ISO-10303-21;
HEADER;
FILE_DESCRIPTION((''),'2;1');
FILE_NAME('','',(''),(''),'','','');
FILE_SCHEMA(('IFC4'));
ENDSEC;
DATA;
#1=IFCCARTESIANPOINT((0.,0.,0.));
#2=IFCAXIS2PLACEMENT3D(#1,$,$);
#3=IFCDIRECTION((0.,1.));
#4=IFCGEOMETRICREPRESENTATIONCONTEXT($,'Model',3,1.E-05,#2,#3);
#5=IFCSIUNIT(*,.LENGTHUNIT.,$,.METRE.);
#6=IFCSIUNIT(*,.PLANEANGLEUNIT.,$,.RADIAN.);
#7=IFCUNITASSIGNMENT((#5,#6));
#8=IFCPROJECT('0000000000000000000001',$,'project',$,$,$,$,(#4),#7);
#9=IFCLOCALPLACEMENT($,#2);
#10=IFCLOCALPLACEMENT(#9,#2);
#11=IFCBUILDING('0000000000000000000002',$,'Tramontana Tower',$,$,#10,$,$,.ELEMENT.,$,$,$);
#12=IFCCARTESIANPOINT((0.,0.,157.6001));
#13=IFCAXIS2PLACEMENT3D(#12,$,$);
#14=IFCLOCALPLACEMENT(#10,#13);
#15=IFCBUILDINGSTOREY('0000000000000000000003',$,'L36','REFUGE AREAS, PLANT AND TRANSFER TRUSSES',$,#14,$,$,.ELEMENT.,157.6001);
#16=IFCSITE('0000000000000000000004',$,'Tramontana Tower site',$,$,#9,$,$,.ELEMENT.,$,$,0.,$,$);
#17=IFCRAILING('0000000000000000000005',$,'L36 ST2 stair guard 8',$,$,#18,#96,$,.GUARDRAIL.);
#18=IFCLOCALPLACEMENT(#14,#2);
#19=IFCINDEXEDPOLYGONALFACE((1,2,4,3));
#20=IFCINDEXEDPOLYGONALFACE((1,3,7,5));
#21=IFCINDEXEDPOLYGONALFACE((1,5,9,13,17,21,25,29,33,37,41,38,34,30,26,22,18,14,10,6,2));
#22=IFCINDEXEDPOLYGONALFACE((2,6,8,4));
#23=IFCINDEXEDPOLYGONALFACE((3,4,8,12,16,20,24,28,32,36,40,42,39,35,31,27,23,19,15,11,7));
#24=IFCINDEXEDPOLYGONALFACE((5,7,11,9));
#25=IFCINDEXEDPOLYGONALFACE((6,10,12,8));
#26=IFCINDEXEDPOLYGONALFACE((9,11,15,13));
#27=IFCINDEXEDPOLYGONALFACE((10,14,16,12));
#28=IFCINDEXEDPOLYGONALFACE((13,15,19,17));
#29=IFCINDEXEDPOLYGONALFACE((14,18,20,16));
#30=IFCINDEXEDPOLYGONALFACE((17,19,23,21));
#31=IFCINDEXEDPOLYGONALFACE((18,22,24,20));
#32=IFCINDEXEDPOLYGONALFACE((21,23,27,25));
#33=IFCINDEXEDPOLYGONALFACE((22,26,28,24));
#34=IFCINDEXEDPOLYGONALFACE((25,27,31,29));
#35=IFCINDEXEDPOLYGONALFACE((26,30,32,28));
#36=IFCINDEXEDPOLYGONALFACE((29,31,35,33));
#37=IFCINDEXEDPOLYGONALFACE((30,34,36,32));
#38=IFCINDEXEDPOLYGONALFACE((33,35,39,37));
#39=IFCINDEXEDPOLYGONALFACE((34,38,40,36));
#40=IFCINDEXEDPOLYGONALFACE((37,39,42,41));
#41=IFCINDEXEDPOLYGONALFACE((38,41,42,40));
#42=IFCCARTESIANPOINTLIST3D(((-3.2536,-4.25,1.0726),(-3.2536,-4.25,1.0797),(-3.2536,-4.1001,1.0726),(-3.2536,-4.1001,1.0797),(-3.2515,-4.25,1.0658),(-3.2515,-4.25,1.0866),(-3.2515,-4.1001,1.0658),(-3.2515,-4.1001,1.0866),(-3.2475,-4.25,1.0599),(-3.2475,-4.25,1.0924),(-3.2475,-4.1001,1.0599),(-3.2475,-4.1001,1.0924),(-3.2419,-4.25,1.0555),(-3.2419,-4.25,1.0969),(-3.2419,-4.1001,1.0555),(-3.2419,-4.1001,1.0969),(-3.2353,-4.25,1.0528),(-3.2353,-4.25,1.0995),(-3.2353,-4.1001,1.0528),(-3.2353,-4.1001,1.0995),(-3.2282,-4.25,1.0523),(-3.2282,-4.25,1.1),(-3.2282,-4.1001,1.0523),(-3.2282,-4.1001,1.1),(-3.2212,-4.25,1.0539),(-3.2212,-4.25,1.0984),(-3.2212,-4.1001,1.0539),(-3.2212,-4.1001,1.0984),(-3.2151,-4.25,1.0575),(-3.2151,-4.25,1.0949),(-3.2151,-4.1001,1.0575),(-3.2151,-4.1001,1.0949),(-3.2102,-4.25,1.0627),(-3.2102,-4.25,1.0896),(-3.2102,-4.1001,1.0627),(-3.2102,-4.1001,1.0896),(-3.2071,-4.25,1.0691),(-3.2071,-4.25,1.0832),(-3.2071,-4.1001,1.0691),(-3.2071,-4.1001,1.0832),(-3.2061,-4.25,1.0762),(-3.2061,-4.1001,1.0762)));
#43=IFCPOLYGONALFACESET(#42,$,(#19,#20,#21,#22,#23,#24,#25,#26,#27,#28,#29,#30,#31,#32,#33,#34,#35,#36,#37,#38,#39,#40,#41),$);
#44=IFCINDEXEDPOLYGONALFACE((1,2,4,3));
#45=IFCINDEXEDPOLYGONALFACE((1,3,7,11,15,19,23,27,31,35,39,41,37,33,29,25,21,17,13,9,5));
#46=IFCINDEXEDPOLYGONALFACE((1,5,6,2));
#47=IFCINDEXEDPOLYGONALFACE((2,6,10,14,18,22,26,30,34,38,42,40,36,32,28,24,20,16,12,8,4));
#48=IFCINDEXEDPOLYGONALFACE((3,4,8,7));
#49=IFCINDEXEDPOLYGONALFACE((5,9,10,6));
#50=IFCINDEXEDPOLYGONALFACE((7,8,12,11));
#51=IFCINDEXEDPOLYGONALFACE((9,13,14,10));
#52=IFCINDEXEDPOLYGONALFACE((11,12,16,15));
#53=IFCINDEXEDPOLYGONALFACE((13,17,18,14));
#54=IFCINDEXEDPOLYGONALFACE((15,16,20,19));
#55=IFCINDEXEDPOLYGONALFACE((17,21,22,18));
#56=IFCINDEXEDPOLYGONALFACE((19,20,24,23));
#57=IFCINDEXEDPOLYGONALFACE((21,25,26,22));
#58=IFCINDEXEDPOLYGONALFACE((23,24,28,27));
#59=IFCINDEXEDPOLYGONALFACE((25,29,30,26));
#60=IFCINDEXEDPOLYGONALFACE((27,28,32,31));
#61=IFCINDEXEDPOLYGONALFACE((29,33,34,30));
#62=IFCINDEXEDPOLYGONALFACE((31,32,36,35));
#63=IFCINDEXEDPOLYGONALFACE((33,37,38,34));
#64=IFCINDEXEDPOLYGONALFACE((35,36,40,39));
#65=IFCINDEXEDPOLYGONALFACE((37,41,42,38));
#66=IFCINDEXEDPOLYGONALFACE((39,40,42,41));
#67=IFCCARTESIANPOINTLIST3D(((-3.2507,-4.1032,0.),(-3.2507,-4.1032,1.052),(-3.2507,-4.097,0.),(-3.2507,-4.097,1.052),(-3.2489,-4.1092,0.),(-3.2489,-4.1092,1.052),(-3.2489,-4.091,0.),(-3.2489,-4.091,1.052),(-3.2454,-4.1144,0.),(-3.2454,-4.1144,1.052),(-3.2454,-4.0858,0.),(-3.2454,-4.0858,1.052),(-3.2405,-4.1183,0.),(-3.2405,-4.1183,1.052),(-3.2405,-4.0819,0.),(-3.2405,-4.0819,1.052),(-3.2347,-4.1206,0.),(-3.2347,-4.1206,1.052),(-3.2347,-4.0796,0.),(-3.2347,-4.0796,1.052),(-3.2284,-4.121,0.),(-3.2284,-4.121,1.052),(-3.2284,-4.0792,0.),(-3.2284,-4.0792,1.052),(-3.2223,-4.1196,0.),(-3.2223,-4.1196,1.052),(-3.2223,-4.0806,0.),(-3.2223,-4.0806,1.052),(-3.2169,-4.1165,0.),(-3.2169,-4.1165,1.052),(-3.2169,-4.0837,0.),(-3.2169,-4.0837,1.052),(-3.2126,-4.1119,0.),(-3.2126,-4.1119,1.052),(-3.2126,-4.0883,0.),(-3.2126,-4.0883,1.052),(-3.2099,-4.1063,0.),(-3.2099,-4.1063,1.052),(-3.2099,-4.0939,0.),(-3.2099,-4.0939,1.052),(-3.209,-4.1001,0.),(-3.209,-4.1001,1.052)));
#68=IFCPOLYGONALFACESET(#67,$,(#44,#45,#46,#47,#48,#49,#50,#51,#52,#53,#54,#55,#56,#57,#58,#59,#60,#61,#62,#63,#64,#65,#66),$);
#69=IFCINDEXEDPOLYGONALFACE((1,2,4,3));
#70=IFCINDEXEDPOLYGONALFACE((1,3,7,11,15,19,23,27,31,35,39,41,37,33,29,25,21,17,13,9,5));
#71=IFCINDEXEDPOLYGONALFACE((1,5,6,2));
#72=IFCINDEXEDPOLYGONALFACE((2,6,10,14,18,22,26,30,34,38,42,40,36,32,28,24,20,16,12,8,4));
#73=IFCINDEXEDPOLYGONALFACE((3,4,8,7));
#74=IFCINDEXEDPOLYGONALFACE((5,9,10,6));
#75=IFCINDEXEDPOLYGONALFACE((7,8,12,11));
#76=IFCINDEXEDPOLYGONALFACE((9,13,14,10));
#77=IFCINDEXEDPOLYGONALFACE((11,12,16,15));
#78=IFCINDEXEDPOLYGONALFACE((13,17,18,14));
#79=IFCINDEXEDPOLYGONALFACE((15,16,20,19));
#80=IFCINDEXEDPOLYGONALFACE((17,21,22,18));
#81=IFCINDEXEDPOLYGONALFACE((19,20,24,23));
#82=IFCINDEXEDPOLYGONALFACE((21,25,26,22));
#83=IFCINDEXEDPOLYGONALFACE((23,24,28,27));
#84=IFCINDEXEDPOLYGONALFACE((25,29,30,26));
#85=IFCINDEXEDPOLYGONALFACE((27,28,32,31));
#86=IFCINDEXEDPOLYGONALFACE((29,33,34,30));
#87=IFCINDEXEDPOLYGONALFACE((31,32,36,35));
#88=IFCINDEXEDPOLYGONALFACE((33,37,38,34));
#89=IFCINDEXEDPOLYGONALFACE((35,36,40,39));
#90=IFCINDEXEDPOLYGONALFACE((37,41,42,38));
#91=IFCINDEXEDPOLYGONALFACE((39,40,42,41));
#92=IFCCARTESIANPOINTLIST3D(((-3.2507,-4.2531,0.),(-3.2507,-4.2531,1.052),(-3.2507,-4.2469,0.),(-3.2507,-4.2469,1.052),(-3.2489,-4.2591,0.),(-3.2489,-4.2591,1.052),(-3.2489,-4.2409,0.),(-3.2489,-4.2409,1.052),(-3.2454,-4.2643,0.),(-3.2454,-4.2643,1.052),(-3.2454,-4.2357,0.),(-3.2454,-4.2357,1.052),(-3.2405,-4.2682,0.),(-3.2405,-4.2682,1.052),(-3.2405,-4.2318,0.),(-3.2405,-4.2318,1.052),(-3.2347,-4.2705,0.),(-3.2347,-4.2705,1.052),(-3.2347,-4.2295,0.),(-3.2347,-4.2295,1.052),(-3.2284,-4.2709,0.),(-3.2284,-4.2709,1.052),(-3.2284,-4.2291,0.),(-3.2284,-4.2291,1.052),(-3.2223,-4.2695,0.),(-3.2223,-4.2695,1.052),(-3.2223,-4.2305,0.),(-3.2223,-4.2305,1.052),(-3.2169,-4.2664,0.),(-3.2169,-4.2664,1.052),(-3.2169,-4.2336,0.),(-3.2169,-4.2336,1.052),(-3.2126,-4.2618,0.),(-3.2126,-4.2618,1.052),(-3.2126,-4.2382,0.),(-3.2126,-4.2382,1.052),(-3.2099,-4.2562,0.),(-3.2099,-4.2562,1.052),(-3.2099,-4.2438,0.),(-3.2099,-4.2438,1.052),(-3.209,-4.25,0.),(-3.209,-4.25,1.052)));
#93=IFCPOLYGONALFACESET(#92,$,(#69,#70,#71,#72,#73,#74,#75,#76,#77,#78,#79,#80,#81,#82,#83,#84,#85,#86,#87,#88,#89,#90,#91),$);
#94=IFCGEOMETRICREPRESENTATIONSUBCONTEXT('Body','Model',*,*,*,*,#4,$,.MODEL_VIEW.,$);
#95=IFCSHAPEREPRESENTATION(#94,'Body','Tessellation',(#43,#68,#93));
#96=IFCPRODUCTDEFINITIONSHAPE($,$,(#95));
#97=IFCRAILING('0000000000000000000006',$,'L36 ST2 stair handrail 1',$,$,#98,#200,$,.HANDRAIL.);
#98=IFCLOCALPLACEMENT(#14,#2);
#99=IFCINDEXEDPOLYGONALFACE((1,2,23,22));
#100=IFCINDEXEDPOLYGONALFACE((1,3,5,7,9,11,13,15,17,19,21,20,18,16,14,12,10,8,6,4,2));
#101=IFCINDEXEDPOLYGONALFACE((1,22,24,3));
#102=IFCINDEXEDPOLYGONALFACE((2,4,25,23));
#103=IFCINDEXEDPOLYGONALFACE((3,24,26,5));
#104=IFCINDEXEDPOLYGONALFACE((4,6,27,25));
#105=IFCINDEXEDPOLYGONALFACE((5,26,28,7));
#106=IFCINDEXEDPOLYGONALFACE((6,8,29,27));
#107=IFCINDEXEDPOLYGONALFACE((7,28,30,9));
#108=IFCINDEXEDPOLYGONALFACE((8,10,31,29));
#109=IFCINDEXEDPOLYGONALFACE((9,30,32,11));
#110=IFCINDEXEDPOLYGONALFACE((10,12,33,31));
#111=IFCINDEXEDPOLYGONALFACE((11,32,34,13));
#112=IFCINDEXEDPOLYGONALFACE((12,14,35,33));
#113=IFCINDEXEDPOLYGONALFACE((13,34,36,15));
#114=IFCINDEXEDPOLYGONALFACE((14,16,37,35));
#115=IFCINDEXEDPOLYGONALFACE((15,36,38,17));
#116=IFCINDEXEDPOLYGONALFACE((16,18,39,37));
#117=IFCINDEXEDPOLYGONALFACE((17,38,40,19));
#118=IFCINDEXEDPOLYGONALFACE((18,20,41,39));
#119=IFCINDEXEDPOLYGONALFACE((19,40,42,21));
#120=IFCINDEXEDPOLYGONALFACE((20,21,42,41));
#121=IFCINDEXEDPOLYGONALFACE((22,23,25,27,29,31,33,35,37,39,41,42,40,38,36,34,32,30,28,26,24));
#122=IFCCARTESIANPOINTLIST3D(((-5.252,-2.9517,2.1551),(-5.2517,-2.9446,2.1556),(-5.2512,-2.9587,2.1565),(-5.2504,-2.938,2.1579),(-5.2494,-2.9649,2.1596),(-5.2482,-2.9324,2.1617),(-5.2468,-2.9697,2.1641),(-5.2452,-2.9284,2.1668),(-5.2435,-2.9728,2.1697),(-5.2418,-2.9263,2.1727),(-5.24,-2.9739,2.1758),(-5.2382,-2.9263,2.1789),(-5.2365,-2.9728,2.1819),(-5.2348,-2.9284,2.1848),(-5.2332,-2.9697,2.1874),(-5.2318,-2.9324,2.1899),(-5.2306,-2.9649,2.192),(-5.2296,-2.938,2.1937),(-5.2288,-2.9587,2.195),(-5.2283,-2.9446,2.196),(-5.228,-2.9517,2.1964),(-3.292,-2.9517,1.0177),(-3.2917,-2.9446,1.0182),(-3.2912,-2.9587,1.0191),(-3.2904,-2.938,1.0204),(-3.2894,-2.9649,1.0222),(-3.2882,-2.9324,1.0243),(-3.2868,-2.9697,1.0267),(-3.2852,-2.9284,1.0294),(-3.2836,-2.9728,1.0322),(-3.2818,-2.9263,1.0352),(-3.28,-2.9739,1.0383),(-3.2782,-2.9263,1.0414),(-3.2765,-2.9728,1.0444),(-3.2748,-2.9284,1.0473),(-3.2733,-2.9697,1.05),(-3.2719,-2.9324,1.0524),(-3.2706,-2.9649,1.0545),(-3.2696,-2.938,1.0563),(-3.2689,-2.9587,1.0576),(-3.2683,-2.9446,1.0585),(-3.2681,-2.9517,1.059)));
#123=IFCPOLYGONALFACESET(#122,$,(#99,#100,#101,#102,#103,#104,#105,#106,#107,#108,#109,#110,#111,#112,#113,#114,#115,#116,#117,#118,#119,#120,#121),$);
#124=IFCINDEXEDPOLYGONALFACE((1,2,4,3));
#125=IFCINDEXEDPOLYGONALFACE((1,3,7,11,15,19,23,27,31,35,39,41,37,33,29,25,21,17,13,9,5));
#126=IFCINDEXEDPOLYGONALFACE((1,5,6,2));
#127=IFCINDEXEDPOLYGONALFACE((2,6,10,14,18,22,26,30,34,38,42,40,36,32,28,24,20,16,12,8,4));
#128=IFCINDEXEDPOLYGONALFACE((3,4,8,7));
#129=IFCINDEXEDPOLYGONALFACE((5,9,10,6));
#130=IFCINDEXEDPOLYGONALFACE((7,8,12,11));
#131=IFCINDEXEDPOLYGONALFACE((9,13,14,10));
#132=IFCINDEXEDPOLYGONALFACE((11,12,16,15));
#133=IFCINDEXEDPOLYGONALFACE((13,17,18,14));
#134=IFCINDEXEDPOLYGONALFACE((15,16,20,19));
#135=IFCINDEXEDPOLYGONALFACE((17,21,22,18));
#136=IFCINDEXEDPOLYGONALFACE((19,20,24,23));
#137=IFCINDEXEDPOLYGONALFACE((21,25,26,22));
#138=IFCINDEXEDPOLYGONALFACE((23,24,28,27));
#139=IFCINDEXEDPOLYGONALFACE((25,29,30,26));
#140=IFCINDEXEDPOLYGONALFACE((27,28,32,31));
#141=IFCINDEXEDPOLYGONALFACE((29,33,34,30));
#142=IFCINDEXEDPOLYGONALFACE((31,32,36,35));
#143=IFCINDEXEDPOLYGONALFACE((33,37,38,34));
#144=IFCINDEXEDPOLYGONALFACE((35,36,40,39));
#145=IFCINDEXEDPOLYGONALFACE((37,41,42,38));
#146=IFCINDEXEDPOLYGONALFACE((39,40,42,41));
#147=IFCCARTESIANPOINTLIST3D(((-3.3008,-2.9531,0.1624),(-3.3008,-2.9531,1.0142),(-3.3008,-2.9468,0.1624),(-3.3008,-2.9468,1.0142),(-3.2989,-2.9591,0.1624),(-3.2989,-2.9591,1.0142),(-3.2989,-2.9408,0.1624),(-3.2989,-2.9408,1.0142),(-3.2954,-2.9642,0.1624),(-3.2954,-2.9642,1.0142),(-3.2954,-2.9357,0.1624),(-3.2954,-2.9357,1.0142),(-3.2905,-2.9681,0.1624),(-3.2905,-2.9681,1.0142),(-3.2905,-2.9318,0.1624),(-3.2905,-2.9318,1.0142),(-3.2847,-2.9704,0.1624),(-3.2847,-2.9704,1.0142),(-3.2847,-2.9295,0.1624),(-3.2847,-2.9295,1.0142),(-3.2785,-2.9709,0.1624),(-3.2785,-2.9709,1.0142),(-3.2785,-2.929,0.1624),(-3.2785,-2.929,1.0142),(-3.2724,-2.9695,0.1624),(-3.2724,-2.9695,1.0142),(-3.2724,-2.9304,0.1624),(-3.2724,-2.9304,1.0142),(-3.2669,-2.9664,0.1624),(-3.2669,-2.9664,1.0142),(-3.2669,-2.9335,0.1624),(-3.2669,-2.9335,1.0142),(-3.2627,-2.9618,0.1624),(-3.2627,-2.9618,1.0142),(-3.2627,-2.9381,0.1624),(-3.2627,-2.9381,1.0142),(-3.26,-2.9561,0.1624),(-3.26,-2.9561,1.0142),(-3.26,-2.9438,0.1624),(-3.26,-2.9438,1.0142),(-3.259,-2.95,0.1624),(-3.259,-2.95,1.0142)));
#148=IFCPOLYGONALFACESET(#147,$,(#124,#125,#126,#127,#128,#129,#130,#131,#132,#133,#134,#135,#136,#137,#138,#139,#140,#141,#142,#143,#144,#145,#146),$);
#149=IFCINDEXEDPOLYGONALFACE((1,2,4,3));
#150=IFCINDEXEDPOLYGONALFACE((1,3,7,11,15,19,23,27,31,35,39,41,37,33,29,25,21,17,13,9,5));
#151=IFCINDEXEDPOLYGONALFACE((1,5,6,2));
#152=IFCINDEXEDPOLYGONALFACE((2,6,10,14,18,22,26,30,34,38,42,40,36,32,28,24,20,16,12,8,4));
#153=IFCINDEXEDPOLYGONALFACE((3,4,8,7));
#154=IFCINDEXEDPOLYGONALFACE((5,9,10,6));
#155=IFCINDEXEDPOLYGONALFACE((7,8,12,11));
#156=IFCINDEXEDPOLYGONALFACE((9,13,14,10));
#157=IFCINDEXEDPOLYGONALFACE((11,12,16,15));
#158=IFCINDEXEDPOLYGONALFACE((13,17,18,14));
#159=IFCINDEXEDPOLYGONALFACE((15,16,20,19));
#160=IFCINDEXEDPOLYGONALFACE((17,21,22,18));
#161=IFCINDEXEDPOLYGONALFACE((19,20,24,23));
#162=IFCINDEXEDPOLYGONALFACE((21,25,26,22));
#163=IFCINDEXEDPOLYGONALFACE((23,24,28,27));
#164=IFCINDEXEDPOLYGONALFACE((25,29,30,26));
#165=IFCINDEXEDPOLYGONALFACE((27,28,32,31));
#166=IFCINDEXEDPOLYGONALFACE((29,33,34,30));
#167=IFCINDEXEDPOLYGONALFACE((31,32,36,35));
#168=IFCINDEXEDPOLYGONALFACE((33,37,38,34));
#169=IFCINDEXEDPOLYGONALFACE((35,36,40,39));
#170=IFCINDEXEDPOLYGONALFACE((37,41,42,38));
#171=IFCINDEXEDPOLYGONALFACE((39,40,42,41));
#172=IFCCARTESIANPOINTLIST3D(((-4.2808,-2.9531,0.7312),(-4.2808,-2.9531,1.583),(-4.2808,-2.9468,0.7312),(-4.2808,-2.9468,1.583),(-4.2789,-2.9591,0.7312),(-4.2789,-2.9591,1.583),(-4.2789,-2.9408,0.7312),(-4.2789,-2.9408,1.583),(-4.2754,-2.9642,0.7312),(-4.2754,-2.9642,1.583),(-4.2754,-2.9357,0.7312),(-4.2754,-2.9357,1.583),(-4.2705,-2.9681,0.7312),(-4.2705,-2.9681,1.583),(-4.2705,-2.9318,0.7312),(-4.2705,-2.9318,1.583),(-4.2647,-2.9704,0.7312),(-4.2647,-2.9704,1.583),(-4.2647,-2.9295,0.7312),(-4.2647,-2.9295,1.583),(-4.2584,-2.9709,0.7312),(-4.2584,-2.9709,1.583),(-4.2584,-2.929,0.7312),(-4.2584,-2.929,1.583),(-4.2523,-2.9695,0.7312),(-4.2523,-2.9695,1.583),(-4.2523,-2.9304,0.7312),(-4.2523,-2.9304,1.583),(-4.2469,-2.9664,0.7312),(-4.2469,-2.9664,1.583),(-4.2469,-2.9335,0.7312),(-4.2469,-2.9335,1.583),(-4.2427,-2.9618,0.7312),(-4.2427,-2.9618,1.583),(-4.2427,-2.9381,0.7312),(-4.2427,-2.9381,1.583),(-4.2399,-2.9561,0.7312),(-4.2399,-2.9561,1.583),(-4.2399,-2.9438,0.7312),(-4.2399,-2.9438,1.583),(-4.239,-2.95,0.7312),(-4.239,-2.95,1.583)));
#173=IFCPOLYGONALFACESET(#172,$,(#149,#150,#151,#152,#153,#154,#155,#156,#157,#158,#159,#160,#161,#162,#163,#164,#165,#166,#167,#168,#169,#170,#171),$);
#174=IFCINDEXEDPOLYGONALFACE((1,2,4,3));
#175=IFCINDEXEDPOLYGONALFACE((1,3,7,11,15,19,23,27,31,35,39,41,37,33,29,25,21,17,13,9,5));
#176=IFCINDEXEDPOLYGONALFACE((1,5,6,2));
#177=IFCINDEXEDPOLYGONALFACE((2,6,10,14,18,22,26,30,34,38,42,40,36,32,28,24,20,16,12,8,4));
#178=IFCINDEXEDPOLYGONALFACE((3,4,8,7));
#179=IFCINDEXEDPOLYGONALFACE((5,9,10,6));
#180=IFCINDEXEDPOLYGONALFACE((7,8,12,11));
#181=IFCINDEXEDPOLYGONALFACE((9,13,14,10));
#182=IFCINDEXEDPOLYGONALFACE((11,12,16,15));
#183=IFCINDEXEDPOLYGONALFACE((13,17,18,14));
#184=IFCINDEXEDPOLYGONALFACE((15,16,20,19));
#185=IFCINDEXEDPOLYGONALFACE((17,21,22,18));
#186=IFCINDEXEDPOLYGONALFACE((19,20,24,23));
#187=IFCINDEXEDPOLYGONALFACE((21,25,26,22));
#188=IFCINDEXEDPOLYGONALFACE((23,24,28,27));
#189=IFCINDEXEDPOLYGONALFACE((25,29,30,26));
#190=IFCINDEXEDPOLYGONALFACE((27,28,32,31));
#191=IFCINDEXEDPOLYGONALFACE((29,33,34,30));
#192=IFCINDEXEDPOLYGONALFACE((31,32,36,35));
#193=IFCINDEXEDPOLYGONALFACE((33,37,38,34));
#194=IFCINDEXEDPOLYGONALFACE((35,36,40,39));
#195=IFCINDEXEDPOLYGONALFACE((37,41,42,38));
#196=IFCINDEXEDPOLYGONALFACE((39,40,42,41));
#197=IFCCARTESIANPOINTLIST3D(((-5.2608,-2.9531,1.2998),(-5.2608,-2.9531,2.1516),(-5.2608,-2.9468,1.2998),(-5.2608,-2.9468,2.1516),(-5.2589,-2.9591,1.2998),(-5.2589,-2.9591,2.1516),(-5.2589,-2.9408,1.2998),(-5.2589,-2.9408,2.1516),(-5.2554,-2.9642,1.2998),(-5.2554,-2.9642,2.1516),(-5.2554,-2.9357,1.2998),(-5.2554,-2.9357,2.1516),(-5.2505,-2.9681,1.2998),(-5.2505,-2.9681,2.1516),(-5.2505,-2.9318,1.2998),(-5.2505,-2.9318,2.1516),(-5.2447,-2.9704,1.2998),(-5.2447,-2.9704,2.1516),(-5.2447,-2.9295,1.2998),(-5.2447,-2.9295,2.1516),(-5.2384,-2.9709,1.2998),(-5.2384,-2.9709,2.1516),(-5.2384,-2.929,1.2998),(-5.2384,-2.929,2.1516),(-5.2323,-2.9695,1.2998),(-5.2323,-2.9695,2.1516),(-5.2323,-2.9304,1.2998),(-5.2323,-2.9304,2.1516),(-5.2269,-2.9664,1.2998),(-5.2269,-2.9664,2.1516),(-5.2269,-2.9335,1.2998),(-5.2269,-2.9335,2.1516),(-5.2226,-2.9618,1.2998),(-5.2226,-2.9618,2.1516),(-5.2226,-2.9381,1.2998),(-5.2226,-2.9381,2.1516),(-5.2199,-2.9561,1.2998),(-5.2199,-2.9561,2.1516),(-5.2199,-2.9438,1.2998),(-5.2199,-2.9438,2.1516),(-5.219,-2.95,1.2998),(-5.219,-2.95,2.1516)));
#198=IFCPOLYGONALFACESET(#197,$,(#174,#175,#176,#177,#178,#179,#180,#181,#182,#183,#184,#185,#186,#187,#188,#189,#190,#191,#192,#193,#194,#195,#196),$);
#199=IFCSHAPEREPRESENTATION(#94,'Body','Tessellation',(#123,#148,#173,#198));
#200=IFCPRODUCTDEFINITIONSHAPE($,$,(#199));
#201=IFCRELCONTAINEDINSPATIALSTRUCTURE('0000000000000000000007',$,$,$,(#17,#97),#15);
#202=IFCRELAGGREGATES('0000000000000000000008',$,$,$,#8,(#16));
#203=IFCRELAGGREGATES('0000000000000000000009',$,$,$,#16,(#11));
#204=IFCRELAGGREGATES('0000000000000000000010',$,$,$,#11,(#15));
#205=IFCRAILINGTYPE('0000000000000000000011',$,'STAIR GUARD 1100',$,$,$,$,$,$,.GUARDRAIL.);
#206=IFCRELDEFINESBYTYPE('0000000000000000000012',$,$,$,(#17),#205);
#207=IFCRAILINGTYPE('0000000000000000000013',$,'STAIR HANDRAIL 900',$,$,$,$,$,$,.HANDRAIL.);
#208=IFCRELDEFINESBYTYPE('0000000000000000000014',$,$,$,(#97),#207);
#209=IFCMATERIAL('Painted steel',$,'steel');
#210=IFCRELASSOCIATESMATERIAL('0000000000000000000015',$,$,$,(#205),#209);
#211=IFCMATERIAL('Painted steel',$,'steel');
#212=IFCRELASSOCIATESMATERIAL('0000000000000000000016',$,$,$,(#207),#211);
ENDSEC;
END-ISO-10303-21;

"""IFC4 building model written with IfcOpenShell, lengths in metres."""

from ifc_helpers import new_model, si_unit, direction, frame, origin, origin_2d, place, context, subcontext, project, spatial, circle, extrude, material, type_object, element, save


model = new_model("IFC4")

# Units and contexts
model_context = context("Model", 3, precision=1e-05, world=origin(), true_north=direction((0.0, 1.0)))
body_context = subcontext(model_context, "Body", "Model", "MODEL_VIEW")
ifc_project = project(units=[si_unit("LENGTHUNIT", "METRE"), si_unit("PLANEANGLEUNIT", "RADIAN")], contexts=[model_context])

# Site, building, storey
site_placement = place(None, origin())
site = spatial("IfcSite", under=ifc_project, at=site_placement, Name="Tramontana Tower site", CompositionType="ELEMENT", RefElevation=0.0)
building_placement = place(site_placement, origin())
building = spatial("IfcBuilding", under=site, at=building_placement, Name="Tramontana Tower", CompositionType="ELEMENT")
storey_placement = place(building_placement, frame((0.0, 0.0, 157.6001)))
storey = spatial("IfcBuildingStorey", under=building, at=storey_placement, Name="L36", Description="REFUGE AREAS, PLANT AND TRANSFER TRUSSES", CompositionType="ELEMENT", Elevation=157.6001)

# Railings
ifc_material_1 = material(Name="Painted steel", Category="steel")
railing_type_1 = type_object("IfcRailingType", Name="STAIR GUARD 1100", PredefinedType="GUARDRAIL", material=ifc_material_1)
for number, where, name in (
    (1, (-3.23, -4.1001, 0.0), "L36 ST2 stair guard 8"),
):
    element("IfcRailing", number, at=place(storey_placement, frame(where)), inside=storey, type_object=railing_type_1, Name=name, PredefinedType="GUARDRAIL", context=body_context, shape_type="SweptSolid", body=[
        extrude(circle(Radius=0.0239, at=origin_2d()), frame((0.0, 0.0, 1.0762), z_axis=(0.0, -1.0, 0.0), x_axis=(1.0, 0.0, 0.0)), (0.0, 0.0, 1.0), 0.1499),
        extrude(circle(Radius=0.021, at=origin_2d()), origin(), (0.0, 0.0, 1.0), 1.052),
        extrude(circle(Radius=0.021, at=origin_2d()), frame((0.0, -0.1499, 0.0)), (0.0, 0.0, 1.0), 1.052),
    ])
ifc_material_2 = material(Name="Painted steel", Category="steel")
railing_type_2 = type_object("IfcRailingType", Name="STAIR HANDRAIL 900", PredefinedType="HANDRAIL", material=ifc_material_2)
railing_1_placement = place(storey_placement, frame((-3.28, -2.95, 0.1624)))
element("IfcRailing", 2, at=railing_1_placement, inside=storey, type_object=railing_type_2, Name="L36 ST2 stair handrail 1", PredefinedType="HANDRAIL", context=body_context, shape_type="SweptSolid", body=[
    extrude(circle(Radius=0.0239, at=origin_2d()), frame((0.0, 0.0, 0.876), z_axis=(-0.864902, 0.0, 0.501941), x_axis=(0.0, -1.0, 0.0)), (0.0, 0.0, 1.0), 2.2661),
    extrude(circle(Radius=0.021, at=origin_2d()), origin(), (0.0, 0.0, 1.0), 0.8518),
    extrude(circle(Radius=0.021, at=origin_2d()), frame((-0.98, 0.0, 0.5688)), (0.0, 0.0, 1.0), 0.8518),
    extrude(circle(Radius=0.021, at=origin_2d()), frame((-1.96, 0.0, 1.1375)), (0.0, 0.0, 1.0), 0.8518),
])

save(model, "model.ifc")
